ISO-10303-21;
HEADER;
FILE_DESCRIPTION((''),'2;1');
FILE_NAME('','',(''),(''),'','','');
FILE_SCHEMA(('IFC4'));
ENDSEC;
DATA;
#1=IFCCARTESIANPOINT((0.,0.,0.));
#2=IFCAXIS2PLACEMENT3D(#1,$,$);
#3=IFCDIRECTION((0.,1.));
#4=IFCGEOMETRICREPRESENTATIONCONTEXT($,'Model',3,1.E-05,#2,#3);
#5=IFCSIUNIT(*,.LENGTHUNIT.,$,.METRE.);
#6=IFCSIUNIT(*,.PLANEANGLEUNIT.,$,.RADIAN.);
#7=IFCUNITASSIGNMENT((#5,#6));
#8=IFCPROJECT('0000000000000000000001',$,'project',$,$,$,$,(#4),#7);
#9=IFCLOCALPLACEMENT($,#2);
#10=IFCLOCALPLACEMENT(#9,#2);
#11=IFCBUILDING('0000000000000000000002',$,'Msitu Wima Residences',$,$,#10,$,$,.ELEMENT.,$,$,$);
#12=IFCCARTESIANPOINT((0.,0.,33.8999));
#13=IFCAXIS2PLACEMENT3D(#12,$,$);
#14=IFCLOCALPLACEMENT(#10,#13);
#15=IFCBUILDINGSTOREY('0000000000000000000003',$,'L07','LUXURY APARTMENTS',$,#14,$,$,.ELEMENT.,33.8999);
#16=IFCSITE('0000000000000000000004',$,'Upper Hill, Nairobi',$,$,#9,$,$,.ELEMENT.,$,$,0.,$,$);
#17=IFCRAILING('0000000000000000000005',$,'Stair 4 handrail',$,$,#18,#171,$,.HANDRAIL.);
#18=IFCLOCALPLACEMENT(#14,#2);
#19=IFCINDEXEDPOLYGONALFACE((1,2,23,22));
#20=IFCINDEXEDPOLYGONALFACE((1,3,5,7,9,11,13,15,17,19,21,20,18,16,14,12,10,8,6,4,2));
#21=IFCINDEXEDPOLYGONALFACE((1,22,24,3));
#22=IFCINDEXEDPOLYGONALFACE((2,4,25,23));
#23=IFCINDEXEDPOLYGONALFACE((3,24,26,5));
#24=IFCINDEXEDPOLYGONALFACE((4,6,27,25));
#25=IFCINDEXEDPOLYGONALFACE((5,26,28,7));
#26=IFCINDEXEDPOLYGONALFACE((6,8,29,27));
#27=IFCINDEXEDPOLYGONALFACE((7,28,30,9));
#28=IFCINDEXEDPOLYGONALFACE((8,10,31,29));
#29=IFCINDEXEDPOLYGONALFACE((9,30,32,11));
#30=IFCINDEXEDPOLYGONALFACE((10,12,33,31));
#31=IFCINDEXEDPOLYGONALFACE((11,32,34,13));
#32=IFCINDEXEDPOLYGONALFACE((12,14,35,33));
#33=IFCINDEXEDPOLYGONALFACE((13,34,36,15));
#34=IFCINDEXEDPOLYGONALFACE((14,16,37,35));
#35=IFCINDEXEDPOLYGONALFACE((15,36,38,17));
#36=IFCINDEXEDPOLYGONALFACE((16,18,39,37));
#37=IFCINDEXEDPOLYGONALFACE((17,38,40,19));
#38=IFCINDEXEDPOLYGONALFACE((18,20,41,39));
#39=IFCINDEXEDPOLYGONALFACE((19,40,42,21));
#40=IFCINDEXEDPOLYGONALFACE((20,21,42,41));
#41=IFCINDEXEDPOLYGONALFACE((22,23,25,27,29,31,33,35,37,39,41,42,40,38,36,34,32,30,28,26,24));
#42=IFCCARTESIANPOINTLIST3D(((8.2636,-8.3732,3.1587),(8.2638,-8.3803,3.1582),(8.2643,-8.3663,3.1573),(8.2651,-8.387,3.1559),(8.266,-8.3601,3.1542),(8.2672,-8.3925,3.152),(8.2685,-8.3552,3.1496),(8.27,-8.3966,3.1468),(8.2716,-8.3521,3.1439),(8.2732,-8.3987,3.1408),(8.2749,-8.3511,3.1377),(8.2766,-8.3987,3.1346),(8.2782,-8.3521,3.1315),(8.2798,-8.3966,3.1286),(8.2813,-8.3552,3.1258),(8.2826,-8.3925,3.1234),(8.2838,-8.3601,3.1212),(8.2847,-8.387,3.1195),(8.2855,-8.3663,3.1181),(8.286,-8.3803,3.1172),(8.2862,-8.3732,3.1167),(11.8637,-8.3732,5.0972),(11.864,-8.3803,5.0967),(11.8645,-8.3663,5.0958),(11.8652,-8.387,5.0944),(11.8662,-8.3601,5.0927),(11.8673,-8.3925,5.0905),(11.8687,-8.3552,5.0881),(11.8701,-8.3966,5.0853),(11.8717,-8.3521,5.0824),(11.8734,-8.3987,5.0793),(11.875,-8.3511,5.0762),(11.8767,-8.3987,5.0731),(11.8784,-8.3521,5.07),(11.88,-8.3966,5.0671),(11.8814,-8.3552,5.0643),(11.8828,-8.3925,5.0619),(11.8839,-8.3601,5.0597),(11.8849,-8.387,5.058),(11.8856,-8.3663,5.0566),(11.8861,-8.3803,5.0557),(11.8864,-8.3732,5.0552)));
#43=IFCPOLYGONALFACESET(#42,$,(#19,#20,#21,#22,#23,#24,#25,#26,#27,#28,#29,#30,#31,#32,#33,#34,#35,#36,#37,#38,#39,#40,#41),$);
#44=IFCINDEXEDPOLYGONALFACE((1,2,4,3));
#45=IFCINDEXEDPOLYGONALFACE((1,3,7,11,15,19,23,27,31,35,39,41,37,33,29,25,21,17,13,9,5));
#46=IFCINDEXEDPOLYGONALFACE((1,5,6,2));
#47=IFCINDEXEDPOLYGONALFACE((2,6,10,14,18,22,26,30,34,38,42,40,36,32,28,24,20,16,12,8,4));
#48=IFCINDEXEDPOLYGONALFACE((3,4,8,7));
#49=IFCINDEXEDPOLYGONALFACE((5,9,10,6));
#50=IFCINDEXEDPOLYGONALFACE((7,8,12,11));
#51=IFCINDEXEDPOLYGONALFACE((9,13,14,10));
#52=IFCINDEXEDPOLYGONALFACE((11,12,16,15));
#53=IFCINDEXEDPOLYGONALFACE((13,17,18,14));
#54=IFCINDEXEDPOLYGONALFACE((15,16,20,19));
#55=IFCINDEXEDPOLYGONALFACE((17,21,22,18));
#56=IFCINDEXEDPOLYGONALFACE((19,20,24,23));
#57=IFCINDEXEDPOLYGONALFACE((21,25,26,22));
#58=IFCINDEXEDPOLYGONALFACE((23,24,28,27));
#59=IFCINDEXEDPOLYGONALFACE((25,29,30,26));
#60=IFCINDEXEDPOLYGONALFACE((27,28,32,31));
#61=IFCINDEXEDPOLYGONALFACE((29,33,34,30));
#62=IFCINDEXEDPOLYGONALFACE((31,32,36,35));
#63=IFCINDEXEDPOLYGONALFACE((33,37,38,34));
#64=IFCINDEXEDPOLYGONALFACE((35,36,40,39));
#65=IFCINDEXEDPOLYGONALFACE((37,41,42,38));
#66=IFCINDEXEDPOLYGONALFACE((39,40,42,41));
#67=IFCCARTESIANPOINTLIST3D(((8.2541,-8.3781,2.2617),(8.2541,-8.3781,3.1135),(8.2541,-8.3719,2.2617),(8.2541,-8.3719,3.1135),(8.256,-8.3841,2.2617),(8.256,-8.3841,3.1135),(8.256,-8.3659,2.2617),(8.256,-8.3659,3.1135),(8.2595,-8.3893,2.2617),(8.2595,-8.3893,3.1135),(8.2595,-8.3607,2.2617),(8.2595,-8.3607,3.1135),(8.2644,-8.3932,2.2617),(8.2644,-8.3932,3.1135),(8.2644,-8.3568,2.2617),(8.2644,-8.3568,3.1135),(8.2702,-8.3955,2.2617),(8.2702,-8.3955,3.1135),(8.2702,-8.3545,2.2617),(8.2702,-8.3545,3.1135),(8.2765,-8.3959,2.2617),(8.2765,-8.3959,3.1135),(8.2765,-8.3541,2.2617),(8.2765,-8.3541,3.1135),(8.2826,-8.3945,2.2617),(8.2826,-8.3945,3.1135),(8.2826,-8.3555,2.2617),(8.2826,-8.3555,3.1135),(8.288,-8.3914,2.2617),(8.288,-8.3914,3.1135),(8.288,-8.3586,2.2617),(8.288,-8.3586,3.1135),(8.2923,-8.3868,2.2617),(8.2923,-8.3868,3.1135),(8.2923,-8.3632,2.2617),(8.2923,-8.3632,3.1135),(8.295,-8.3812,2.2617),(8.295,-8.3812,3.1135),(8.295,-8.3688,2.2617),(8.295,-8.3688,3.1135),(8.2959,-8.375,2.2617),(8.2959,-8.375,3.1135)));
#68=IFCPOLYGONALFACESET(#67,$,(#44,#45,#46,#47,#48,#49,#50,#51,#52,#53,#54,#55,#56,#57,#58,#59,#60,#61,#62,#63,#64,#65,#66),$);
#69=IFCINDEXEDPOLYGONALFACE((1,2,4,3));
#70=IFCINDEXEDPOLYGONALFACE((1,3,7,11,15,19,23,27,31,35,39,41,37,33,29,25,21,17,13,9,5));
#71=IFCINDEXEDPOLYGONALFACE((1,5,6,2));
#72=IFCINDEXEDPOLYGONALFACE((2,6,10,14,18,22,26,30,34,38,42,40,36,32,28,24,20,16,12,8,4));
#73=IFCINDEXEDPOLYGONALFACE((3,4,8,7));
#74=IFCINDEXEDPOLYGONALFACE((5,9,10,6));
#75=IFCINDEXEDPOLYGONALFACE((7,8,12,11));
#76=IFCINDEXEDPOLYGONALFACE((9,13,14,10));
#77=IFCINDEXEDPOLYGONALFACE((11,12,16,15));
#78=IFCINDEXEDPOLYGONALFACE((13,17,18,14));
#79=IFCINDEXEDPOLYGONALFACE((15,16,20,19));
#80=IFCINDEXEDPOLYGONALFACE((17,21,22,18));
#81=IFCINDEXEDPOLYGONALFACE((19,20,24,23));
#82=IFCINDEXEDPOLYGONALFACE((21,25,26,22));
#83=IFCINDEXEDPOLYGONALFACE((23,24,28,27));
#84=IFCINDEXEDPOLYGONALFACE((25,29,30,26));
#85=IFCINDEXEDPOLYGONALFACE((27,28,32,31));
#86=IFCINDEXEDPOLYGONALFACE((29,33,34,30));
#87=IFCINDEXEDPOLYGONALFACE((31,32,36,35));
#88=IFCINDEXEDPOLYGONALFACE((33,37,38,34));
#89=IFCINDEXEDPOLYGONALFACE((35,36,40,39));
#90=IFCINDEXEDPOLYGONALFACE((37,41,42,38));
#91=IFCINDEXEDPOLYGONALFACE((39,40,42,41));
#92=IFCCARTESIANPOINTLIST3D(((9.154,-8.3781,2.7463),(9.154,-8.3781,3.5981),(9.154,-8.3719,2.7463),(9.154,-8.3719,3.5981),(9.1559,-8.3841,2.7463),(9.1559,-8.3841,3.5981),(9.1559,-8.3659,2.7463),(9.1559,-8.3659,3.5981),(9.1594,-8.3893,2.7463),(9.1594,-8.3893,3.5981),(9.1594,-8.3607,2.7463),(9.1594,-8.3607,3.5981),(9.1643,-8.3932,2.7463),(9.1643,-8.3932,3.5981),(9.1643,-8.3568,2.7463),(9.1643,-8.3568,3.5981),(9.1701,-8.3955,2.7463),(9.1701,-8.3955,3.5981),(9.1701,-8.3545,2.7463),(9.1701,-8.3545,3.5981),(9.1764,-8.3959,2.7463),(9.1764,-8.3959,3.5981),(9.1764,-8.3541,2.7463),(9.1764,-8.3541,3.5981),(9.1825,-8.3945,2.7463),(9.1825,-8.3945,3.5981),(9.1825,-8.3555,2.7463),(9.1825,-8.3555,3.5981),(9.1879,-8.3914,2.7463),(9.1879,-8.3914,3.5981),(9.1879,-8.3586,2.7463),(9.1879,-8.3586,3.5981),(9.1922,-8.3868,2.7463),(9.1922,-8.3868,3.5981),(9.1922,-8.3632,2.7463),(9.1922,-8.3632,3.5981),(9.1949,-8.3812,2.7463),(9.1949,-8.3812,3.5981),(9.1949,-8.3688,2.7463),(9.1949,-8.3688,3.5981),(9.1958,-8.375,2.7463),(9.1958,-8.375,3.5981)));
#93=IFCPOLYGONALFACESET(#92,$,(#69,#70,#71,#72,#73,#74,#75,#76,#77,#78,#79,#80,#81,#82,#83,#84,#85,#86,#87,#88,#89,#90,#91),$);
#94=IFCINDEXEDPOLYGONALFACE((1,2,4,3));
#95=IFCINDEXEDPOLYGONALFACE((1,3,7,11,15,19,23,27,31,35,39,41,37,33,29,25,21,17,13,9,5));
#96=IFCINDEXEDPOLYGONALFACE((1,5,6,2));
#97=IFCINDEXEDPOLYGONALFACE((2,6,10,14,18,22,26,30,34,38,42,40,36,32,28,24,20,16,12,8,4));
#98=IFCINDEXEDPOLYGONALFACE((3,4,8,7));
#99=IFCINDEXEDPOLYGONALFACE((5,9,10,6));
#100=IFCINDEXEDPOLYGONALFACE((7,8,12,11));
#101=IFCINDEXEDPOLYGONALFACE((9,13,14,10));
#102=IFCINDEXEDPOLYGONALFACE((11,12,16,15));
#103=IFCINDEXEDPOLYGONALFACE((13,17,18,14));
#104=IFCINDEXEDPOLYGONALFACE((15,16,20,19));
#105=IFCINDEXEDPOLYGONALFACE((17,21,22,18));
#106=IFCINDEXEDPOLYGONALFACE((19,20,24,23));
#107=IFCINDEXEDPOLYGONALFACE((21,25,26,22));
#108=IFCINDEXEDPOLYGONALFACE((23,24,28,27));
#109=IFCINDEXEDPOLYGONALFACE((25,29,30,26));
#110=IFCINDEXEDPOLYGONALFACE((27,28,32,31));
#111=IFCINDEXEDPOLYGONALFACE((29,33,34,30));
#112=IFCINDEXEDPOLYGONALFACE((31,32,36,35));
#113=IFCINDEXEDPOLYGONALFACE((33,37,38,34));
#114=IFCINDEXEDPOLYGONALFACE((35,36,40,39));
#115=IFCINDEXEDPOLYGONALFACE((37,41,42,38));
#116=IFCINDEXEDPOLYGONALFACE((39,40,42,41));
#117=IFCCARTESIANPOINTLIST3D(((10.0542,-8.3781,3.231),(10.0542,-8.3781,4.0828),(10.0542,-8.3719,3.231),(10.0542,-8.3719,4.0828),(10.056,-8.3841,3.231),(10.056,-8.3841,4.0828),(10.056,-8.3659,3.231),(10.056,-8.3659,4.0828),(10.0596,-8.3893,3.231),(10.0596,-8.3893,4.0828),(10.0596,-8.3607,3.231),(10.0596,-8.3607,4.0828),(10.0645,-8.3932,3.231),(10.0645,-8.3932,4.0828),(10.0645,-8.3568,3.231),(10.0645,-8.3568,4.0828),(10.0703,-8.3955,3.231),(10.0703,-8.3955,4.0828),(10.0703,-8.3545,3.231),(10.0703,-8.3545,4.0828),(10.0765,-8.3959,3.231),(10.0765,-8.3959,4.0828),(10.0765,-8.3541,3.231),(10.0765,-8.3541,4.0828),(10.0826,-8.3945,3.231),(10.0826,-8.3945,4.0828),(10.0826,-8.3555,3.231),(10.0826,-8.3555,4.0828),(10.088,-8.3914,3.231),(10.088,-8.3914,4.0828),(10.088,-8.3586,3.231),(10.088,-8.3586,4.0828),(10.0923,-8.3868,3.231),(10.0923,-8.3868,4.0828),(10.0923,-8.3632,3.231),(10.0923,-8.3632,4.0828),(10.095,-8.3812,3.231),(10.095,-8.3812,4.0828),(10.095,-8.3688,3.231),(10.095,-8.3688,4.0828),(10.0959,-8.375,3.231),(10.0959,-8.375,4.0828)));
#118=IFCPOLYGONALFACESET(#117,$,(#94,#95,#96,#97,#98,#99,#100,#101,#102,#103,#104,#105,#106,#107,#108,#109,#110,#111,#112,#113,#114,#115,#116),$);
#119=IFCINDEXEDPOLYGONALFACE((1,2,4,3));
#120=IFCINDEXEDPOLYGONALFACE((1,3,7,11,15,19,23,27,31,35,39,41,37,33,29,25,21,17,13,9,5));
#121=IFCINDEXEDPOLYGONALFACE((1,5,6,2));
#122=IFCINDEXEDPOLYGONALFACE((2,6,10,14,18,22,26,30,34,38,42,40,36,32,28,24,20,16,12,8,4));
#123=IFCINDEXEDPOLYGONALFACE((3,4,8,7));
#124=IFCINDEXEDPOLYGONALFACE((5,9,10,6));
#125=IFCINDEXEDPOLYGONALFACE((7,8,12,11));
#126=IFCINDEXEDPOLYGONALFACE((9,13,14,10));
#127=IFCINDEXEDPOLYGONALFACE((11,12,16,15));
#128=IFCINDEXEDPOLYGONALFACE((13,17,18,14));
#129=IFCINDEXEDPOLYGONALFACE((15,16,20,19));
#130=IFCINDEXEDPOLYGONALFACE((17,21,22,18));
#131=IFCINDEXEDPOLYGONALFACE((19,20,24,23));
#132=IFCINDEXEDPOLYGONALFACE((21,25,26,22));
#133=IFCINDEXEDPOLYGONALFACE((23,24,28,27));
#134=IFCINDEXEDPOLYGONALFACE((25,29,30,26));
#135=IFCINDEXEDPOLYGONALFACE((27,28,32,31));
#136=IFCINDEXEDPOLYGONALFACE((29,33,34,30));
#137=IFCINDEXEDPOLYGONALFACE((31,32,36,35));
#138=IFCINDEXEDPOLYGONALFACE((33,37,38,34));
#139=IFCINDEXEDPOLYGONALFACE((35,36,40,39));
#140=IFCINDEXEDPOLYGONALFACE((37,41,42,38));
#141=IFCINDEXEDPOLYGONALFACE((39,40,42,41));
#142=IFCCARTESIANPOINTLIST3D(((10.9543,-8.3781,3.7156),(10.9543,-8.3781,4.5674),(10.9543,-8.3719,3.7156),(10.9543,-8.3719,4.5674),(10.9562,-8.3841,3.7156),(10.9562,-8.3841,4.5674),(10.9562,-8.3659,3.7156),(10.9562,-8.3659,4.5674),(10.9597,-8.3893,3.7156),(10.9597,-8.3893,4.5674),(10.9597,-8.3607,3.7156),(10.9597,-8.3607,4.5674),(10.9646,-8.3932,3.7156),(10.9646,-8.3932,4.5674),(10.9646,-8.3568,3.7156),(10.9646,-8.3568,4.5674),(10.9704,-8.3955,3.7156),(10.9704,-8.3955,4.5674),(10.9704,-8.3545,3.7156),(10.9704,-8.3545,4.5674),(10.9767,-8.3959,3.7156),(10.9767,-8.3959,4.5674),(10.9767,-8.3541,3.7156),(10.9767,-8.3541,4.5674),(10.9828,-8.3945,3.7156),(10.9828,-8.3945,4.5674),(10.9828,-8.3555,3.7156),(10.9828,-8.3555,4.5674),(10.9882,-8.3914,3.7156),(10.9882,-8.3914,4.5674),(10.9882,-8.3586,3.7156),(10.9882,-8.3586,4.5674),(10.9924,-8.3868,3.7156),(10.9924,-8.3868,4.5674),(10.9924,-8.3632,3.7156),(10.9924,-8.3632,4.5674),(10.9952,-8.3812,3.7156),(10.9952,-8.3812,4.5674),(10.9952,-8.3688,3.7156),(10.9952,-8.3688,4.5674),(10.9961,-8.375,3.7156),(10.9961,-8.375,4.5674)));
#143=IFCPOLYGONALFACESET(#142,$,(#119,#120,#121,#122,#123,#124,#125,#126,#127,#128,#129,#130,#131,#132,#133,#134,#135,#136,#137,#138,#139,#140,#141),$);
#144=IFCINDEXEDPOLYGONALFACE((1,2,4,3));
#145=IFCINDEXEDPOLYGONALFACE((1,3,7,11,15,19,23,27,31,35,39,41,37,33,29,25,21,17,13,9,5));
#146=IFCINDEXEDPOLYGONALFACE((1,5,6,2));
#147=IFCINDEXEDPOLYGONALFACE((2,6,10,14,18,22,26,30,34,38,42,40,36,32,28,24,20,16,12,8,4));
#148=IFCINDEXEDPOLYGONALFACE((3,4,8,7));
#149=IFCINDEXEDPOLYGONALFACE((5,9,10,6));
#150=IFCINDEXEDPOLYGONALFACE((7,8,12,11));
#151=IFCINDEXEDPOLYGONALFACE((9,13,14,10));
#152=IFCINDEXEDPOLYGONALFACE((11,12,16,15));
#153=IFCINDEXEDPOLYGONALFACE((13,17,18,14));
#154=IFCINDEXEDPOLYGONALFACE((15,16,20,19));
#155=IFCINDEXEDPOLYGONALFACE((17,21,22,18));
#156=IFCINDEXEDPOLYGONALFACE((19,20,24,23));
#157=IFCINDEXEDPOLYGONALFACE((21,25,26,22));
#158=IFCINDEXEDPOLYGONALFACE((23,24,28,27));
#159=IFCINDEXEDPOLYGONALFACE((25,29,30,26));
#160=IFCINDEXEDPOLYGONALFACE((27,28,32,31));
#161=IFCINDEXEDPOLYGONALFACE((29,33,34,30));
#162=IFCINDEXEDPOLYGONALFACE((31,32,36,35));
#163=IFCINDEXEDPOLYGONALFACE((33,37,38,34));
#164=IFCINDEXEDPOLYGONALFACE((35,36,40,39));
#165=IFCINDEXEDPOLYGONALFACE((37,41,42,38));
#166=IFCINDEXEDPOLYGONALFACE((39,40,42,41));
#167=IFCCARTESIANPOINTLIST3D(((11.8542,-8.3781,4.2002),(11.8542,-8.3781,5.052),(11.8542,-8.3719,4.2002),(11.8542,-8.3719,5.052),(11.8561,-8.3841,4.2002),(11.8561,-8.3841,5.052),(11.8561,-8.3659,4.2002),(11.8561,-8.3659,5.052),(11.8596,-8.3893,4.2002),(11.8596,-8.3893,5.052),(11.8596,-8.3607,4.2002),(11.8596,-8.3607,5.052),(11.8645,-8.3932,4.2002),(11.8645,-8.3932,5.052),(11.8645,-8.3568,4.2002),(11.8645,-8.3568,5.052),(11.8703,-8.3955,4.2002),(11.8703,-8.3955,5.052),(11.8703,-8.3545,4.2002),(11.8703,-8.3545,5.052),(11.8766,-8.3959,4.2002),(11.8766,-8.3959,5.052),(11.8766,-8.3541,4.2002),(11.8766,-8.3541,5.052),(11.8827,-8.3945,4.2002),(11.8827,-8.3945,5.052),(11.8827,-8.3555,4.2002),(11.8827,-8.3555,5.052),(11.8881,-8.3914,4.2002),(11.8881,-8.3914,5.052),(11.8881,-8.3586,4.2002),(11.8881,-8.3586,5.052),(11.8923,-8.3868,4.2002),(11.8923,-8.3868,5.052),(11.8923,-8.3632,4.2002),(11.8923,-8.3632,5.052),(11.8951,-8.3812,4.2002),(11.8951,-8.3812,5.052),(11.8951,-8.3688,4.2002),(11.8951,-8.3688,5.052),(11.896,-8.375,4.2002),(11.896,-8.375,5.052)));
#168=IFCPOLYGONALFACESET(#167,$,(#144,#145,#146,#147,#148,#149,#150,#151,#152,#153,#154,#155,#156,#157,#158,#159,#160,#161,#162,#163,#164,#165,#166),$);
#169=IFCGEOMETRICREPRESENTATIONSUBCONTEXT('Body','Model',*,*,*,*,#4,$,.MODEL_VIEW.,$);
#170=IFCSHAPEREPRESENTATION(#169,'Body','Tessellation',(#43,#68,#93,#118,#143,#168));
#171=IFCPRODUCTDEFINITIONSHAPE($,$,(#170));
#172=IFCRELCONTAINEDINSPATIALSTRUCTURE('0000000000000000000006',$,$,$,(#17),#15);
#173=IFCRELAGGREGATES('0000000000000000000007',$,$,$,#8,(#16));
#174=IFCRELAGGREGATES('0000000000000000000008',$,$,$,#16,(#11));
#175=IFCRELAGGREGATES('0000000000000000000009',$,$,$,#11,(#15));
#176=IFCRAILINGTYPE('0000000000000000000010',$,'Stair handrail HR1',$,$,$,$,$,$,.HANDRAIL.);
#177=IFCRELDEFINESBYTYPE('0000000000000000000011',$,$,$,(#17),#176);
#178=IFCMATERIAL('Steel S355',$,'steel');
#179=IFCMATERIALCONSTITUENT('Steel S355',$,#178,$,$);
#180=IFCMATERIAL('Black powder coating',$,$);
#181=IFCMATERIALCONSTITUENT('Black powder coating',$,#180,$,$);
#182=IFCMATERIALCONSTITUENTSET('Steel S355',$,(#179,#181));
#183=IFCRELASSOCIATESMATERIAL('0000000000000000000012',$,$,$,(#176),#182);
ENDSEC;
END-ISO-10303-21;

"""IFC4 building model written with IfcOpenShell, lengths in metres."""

from ifc_helpers import new_model, si_unit, direction, frame, origin, origin_2d, place, context, subcontext, project, spatial, circle, extrude, material, constituent, constituent_set, type_object, element, save


model = new_model("IFC4")

# Units and contexts
model_context = context("Model", 3, precision=1e-05, world=origin(), true_north=direction((0.0, 1.0)))
body_context = subcontext(model_context, "Body", "Model", "MODEL_VIEW")
ifc_project = project(units=[si_unit("LENGTHUNIT", "METRE"), si_unit("PLANEANGLEUNIT", "RADIAN")], contexts=[model_context])

# Site, building, storey
site_placement = place(None, origin())
site = spatial("IfcSite", under=ifc_project, at=site_placement, Name="Upper Hill, Nairobi", CompositionType="ELEMENT", RefElevation=0.0)
building_placement = place(site_placement, origin())
building = spatial("IfcBuilding", under=site, at=building_placement, Name="Msitu Wima Residences", CompositionType="ELEMENT")
storey_placement = place(building_placement, frame((0.0, 0.0, 33.8999)))
storey = spatial("IfcBuildingStorey", under=building, at=storey_placement, Name="L07", Description="LUXURY APARTMENTS", CompositionType="ELEMENT", Elevation=33.8999)

# Railing
ifc_material_1 = material(Name="Steel S355", Category="steel")
ifc_constituent_1 = constituent(ifc_material_1, Name="Steel S355")
ifc_material_2 = material(Name="Black powder coating")
ifc_constituent_2 = constituent(ifc_material_2, Name="Black powder coating")
ifc_constituent_set = constituent_set(constituents=[ifc_constituent_1, ifc_constituent_2], Name="Steel S355")
railing_type = type_object("IfcRailingType", Name="Stair handrail HR1", PredefinedType="HANDRAIL", material=ifc_constituent_set)
for number, where, name in (
    (1, (8.2749, -8.375, 2.2617), "Stair 4 handrail"),
):
    element("IfcRailing", number, at=place(storey_placement, frame(where)), inside=storey, type_object=railing_type, Name=name, PredefinedType="HANDRAIL", context=body_context, shape_type="SweptSolid", body=[
        extrude(circle(Radius=0.0239, at=origin_2d()), frame((0.0, 0.0, 0.876), z_axis=(0.880475, 0.0, 0.474093), x_axis=(0.0, 1.0, 0.0)), (0.0, 0.0, 1.0), 4.0889),
        extrude(circle(Radius=0.021, at=origin_2d()), origin(), (0.0, 0.0, 1.0), 0.8518),
        extrude(circle(Radius=0.021, at=origin_2d()), frame((0.8999, 0.0, 0.4846)), (0.0, 0.0, 1.0), 0.8518),
        extrude(circle(Radius=0.021, at=origin_2d()), frame((1.8, 0.0, 0.9692)), (0.0, 0.0, 1.0), 0.8518),
        extrude(circle(Radius=0.021, at=origin_2d()), frame((2.7002, 0.0, 1.4539)), (0.0, 0.0, 1.0), 0.8518),
        extrude(circle(Radius=0.021, at=origin_2d()), frame((3.6001, 0.0, 1.9385)), (0.0, 0.0, 1.0), 0.8518),
    ])

save(model, "model.ifc")
